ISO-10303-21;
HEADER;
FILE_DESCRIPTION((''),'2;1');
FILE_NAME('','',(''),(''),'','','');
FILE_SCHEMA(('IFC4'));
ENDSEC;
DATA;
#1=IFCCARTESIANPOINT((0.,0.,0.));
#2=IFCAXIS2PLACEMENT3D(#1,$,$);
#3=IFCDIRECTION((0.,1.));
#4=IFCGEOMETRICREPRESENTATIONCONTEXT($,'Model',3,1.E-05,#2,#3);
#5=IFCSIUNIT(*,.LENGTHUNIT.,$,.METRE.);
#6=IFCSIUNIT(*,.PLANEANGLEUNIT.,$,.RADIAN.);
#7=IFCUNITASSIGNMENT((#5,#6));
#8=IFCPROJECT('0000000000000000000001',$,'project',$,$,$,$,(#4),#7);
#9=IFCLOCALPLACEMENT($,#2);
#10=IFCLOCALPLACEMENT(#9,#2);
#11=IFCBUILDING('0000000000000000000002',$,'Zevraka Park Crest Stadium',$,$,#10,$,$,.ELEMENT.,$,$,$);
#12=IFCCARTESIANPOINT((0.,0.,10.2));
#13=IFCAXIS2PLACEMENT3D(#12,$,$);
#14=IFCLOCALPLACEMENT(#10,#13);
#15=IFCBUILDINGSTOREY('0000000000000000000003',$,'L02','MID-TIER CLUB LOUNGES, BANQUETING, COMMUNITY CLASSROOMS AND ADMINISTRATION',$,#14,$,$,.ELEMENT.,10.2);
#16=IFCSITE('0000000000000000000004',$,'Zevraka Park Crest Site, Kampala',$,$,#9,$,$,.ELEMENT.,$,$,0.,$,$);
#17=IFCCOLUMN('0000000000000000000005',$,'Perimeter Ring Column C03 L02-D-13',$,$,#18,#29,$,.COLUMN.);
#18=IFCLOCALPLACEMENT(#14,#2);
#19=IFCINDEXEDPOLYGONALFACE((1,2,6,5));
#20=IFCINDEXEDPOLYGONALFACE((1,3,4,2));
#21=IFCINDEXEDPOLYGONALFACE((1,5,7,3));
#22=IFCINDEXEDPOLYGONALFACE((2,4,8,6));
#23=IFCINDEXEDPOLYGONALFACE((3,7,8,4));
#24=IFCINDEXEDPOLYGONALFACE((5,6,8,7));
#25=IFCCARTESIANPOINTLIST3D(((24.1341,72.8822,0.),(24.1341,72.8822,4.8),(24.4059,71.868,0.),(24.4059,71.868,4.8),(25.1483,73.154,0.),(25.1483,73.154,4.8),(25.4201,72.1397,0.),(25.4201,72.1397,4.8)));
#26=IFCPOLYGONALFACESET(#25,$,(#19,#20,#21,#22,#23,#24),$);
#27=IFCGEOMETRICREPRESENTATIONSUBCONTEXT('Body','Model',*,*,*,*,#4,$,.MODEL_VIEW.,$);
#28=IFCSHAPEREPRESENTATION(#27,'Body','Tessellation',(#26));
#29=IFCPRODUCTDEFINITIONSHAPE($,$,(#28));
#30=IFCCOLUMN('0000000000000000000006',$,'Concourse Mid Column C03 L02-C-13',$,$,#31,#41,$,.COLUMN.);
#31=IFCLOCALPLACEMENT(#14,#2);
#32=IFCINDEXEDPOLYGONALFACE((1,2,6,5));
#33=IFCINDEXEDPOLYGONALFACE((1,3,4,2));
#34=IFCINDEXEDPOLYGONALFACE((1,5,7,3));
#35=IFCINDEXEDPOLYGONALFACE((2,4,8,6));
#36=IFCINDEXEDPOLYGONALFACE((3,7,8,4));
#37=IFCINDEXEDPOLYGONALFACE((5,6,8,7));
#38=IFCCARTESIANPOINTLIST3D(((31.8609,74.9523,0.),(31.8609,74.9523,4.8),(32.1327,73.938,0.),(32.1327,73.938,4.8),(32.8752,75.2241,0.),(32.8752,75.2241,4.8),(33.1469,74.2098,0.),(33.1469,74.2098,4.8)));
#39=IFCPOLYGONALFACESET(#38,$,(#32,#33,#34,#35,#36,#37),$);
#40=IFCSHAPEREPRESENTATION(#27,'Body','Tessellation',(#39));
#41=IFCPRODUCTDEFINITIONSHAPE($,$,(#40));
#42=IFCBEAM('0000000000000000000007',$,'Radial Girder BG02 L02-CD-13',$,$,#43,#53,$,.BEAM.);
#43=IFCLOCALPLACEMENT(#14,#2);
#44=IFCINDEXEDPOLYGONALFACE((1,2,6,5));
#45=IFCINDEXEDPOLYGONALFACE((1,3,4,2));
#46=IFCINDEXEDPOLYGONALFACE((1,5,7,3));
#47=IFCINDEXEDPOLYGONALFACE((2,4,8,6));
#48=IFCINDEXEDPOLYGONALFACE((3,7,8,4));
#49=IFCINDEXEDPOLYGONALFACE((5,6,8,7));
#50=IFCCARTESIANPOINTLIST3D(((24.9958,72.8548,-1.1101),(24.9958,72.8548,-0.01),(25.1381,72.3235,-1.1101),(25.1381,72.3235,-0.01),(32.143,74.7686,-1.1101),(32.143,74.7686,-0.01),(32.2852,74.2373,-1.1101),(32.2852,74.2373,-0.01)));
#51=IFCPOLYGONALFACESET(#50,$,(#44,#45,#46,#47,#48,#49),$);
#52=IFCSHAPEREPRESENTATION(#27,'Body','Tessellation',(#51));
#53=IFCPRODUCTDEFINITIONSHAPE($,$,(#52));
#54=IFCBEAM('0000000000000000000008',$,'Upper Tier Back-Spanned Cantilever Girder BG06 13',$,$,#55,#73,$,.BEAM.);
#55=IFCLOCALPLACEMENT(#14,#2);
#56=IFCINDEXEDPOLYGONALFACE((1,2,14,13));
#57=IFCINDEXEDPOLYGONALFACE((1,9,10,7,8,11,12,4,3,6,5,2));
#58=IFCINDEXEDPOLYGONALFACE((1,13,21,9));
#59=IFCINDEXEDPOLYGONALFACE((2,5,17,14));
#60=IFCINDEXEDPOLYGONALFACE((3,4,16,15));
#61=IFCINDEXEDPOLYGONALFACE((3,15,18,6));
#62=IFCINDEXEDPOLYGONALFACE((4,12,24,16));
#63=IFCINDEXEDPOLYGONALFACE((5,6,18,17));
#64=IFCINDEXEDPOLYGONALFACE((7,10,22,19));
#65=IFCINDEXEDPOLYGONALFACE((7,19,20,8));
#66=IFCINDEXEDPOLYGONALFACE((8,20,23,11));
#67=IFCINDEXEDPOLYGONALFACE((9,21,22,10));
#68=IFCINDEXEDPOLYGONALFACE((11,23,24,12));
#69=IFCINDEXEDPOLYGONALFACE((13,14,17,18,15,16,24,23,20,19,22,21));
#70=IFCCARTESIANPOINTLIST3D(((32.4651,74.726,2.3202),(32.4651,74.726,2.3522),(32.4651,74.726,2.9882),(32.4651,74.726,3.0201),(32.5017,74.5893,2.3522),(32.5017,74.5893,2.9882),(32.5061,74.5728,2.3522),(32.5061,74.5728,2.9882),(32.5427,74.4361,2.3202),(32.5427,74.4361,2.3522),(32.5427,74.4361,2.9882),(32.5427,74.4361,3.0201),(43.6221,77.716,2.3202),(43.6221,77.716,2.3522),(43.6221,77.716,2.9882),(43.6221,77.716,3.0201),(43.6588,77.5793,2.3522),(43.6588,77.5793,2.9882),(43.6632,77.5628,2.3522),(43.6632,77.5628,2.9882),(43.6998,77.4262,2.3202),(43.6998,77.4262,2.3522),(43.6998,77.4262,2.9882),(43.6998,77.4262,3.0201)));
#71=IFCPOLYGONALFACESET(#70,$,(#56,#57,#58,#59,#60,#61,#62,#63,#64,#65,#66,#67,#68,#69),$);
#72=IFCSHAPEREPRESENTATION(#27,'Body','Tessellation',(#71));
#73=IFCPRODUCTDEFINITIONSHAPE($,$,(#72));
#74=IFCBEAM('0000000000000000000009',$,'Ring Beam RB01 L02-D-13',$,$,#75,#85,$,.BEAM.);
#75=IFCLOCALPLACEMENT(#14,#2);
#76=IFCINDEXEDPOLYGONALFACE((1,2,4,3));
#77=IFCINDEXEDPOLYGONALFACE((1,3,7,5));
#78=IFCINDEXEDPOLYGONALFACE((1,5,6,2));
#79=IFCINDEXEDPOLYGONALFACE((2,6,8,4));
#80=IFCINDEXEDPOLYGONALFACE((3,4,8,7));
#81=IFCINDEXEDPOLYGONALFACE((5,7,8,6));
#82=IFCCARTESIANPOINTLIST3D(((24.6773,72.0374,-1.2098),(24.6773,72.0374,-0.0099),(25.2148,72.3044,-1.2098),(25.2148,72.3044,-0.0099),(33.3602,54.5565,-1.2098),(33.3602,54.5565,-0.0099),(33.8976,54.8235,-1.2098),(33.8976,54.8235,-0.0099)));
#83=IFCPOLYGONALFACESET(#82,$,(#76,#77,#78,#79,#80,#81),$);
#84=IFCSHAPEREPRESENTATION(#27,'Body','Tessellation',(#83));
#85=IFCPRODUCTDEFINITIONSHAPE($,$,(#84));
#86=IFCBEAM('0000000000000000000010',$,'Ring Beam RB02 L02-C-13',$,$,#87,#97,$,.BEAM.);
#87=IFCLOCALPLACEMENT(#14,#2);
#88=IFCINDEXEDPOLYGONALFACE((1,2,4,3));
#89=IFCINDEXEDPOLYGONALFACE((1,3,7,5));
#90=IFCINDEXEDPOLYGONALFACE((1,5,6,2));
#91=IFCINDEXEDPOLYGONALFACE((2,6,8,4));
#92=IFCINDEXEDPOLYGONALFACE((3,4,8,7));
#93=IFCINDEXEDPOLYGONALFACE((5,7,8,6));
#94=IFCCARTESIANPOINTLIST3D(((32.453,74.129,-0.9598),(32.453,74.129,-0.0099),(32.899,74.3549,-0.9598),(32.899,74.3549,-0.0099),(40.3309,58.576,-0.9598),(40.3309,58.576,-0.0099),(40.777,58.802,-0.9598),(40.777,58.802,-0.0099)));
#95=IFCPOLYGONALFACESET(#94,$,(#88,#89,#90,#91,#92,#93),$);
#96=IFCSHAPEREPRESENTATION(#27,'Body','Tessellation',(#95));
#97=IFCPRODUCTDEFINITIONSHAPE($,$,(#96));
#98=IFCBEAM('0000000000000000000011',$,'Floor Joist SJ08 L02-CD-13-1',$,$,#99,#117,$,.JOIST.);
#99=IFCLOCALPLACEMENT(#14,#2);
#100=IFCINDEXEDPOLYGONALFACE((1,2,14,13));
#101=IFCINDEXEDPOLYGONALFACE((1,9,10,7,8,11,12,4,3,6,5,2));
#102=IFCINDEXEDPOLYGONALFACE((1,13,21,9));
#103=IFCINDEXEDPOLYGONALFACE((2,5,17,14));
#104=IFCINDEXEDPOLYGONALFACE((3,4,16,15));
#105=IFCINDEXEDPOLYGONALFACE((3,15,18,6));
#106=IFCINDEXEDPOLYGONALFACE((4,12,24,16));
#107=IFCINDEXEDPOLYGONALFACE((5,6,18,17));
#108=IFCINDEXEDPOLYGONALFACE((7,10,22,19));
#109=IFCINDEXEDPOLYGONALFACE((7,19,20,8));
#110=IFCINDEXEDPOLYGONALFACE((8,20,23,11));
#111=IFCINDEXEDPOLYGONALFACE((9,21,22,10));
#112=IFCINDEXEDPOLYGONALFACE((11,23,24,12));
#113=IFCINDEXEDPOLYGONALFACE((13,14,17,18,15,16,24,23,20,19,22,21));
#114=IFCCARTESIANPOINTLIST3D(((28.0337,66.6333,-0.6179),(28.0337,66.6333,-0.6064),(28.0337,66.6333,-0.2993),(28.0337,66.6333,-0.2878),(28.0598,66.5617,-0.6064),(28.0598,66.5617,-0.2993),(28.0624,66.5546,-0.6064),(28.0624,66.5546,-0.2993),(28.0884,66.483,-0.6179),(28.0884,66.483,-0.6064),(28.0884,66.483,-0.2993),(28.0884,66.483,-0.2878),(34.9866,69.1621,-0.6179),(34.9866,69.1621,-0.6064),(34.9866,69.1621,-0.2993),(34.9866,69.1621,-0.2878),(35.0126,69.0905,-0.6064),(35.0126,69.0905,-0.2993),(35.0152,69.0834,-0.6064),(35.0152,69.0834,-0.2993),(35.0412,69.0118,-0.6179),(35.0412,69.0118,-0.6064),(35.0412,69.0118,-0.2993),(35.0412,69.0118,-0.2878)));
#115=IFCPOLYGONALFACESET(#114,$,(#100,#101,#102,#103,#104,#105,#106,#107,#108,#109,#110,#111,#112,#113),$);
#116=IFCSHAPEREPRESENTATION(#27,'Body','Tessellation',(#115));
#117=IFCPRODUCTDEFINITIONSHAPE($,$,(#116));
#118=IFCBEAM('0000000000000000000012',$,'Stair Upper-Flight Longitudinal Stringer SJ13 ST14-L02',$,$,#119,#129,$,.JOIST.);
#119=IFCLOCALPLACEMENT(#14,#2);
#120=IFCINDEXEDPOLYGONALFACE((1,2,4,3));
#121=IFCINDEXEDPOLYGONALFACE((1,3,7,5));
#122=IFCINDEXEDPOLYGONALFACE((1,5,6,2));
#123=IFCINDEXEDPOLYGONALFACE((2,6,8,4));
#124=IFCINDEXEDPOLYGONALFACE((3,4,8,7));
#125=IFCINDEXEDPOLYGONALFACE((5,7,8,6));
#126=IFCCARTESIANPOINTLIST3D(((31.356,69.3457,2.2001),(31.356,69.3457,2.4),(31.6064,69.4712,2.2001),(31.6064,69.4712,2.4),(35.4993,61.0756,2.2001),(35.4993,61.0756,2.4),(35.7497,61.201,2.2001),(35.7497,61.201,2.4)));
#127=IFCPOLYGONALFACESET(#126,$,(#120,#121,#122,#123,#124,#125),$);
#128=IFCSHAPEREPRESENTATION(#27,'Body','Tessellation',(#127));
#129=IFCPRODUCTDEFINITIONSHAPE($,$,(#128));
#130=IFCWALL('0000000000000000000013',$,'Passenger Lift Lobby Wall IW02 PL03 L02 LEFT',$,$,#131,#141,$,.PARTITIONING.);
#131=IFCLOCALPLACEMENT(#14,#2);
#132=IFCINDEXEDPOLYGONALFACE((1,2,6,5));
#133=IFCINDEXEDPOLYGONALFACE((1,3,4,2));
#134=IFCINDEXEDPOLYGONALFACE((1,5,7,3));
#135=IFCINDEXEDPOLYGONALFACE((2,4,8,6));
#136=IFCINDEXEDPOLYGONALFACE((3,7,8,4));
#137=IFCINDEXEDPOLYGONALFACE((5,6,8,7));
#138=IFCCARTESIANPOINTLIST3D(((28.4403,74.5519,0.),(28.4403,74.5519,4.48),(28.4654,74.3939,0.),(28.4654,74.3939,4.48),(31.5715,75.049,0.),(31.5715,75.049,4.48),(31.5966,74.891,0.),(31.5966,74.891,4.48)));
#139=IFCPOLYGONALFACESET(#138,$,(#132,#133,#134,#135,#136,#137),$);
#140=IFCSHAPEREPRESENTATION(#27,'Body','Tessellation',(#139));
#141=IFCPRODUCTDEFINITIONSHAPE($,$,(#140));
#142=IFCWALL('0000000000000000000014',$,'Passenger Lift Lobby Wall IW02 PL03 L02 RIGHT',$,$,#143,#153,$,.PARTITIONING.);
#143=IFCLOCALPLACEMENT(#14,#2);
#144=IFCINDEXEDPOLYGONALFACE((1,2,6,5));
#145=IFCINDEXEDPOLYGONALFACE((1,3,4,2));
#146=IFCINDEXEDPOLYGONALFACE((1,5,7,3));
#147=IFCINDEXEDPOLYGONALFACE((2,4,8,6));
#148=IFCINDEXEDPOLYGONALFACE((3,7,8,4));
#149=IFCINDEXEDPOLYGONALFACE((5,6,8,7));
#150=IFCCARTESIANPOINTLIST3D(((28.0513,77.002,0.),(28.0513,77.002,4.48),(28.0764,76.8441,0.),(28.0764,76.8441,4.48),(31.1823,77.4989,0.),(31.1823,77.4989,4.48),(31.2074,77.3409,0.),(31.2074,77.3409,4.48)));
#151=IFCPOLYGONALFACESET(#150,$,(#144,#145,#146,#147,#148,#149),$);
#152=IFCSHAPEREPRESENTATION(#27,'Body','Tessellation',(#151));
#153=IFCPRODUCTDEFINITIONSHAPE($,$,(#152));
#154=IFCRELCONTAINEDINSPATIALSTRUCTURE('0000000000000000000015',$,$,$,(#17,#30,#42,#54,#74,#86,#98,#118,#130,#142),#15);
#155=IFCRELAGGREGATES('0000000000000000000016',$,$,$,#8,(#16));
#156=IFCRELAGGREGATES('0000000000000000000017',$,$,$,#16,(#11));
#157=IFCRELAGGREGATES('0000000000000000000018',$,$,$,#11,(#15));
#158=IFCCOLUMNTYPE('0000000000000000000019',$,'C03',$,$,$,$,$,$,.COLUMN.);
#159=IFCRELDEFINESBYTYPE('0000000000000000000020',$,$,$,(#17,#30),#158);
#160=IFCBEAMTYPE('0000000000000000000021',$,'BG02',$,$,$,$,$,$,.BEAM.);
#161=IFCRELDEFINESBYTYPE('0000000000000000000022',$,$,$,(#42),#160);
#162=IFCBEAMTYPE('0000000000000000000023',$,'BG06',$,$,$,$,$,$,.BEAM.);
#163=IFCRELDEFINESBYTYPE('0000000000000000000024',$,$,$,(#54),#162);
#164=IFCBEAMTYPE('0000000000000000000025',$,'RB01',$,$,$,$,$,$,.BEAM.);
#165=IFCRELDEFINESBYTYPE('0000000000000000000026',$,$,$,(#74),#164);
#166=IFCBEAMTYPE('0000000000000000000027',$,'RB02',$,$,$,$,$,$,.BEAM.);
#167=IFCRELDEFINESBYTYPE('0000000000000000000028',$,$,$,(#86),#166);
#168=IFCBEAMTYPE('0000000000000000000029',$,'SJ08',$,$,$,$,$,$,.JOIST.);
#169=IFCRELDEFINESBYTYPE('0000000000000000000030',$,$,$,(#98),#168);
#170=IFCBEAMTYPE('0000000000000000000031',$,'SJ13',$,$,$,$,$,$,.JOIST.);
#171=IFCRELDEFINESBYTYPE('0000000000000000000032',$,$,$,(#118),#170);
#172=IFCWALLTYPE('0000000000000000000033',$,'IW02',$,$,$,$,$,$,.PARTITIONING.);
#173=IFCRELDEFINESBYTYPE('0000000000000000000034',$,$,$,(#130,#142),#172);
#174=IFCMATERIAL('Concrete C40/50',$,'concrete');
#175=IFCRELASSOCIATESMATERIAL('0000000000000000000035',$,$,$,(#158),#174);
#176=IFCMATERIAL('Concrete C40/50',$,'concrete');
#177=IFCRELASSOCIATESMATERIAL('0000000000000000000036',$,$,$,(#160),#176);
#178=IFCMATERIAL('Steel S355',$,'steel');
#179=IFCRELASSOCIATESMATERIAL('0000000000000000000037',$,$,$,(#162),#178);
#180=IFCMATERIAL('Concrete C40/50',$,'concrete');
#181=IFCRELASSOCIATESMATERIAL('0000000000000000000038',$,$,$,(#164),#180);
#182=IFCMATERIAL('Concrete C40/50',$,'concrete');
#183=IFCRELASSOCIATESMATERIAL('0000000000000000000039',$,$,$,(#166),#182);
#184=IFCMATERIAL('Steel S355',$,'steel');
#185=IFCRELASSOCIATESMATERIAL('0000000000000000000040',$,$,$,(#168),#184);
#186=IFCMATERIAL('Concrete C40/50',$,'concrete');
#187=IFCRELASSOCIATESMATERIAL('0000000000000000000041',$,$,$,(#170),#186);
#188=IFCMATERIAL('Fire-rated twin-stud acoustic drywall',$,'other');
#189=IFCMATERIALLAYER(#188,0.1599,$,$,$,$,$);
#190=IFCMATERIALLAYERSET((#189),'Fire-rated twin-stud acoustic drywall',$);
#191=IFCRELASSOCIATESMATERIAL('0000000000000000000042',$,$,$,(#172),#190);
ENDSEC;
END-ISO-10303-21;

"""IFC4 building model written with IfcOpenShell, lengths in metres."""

from ifc_helpers import new_model, si_unit, direction, frame, frame_2d, origin, origin_2d, place, context, subcontext, project, spatial, rectangle, i_section, extrude, material, layer, layer_set, material_profile, profile_set, type_object, element, save


model = new_model("IFC4")

# Units and contexts
model_context = context("Model", 3, precision=1e-05, world=origin(), true_north=direction((0.0, 1.0)))
body_context = subcontext(model_context, "Body", "Model", "MODEL_VIEW")
ifc_project = project(units=[si_unit("LENGTHUNIT", "METRE"), si_unit("PLANEANGLEUNIT", "RADIAN")], contexts=[model_context])

# Site, building, storey
site_placement = place(None, origin())
site = spatial("IfcSite", under=ifc_project, at=site_placement, Name="Zevraka Park Crest Site, Kampala", CompositionType="ELEMENT", RefElevation=0.0)
building_placement = place(site_placement, origin())
building = spatial("IfcBuilding", under=site, at=building_placement, Name="Zevraka Park Crest Stadium", CompositionType="ELEMENT")
storey_placement = place(building_placement, frame((0.0, 0.0, 10.2)))
storey = spatial("IfcBuildingStorey", under=building, at=storey_placement, Name="L02", Description="MID-TIER CLUB LOUNGES, BANQUETING, COMMUNITY CLASSROOMS AND ADMINISTRATION", CompositionType="ELEMENT", Elevation=10.2)

# Columns
ifc_material_1 = material(Name="Concrete C40/50", Category="concrete")
ifc_material_profile_1 = material_profile(ifc_material_1, rectangle(XDim=1.05, YDim=1.05, at=origin_2d()), Name="RC 1050x1050")
ifc_profile_set_1 = profile_set([ifc_material_profile_1], Name="Concrete C40/50")
column_type = type_object("IfcColumnType", Name="C03", PredefinedType="COLUMN", material=ifc_profile_set_1)
for number, where, z_axis, x_axis, name in (
    (1, (24.7771, 72.511, 0.0), (0.0, 0.0, 1.0), (0.965926, 0.258819, 0.0), "Perimeter Ring Column C03 L02-D-13"),
    (2, (32.5039, 74.5811, 0.0), (0.0, 0.0, 1.0), (0.965926, 0.258819, 0.0), "Concourse Mid Column C03 L02-C-13"),
):
    element("IfcColumn", number, at=place(storey_placement, frame(where, z_axis=z_axis, x_axis=x_axis)), inside=storey, type_object=column_type, Name=name, PredefinedType="COLUMN", context=body_context, shape_type="SweptSolid", body=[
        extrude(rectangle(XDim=1.05, YDim=1.05, at=origin_2d()), origin(), (0.0, 0.0, 1.0), 4.8),
    ])

# Beams
ifc_material_2 = material(Name="Concrete C40/50", Category="concrete")
ifc_material_profile_2 = material_profile(ifc_material_2, rectangle(XDim=0.55, YDim=1.1001, at=origin_2d()), Name="RC 1100x550")
ifc_profile_set_2 = profile_set([ifc_material_profile_2], Name="Concrete C40/50")
beam_type_1 = type_object("IfcBeamType", Name="BG02", PredefinedType="BEAM", material=ifc_profile_set_2)
beam_1_placement = place(storey_placement, frame((32.2141, 74.5029, -0.5601), z_axis=(-0.965969, -0.258659, 0.0), x_axis=(0.258659, -0.965969, 0.0)))
element("IfcBeam", 3, at=beam_1_placement, inside=storey, type_object=beam_type_1, Name="Radial Girder BG02 L02-CD-13", PredefinedType="BEAM", context=body_context, shape_type="SweptSolid", body=[
    extrude(rectangle(XDim=0.55, YDim=1.1001, at=origin_2d()), origin(), (0.0, 0.0, 1.0), 7.3989),
])
ifc_material_3 = material(Name="Steel S355", Category="steel")
ifc_material_profile_3 = material_profile(ifc_material_3, i_section(OverallWidth=0.3, OverallDepth=0.7, WebThickness=0.0171, FlangeThickness=0.032, at=origin_2d()), Name="HEB 700")
ifc_profile_set_3 = profile_set([ifc_material_profile_3], Name="Steel S355")
beam_type_2 = type_object("IfcBeamType", Name="BG06", PredefinedType="BEAM", material=ifc_profile_set_3)
beam_2_placement = place(storey_placement, frame((32.5039, 74.5811, 2.6702), z_axis=(0.965915, 0.258858, 0.0), x_axis=(-0.258858, 0.965915, 0.0)))
element("IfcBeam", 4, at=beam_2_placement, inside=storey, type_object=beam_type_2, Name="Upper Tier Back-Spanned Cantilever Girder BG06 13", PredefinedType="BEAM", context=body_context, shape_type="SweptSolid", body=[
    extrude(i_section(OverallWidth=0.3, OverallDepth=0.7, WebThickness=0.0171, FlangeThickness=0.032, at=origin_2d()), origin(), (0.0, 0.0, 1.0), 11.5508),
])
ifc_material_4 = material(Name="Concrete C40/50", Category="concrete")
ifc_material_profile_4 = material_profile(ifc_material_4, rectangle(XDim=0.6001, YDim=1.2, at=origin_2d()), Name="RC 1200x600")
ifc_profile_set_4 = profile_set([ifc_material_profile_4], Name="Concrete C40/50")
beam_type_3 = type_object("IfcBeamType", Name="RB01", PredefinedType="BEAM", material=ifc_profile_set_4)
beam_3_placement = place(storey_placement, frame((24.946, 72.1709, -0.6099), z_axis=(0.444851, -0.895605, 0.0), x_axis=(0.895605, 0.444851, 0.0)))
element("IfcBeam", 5, at=beam_3_placement, inside=storey, type_object=beam_type_3, Name="Ring Beam RB01 L02-D-13", PredefinedType="BEAM", context=body_context, shape_type="SweptSolid", body=[
    extrude(rectangle(XDim=0.6001, YDim=1.2, at=origin_2d()), origin(), (0.0, 0.0, 1.0), 19.5186),
])
ifc_material_5 = material(Name="Concrete C40/50", Category="concrete")
ifc_material_profile_5 = material_profile(ifc_material_5, rectangle(XDim=0.5, YDim=0.95, at=origin_2d()), Name="RC 950x500")
ifc_profile_set_5 = profile_set([ifc_material_profile_5], Name="Concrete C40/50")
beam_type_4 = type_object("IfcBeamType", Name="RB02", PredefinedType="BEAM", material=ifc_profile_set_5)
beam_4_placement = place(storey_placement, frame((32.676, 74.2419, -0.4849), z_axis=(0.451862, -0.892088, 0.0), x_axis=(0.892088, 0.451862, 0.0)))
element("IfcBeam", 6, at=beam_4_placement, inside=storey, type_object=beam_type_4, Name="Ring Beam RB02 L02-C-13", PredefinedType="BEAM", context=body_context, shape_type="SweptSolid", body=[
    extrude(rectangle(XDim=0.5, YDim=0.95, at=origin_2d()), origin(), (0.0, 0.0, 1.0), 17.4343),
])
ifc_material_6 = material(Name="Steel S355", Category="steel")
ifc_material_profile_6 = material_profile(ifc_material_6, i_section(OverallWidth=0.1599, OverallDepth=0.3301, WebThickness=0.0076, FlangeThickness=0.0115, at=origin_2d()), Name="IPE 330")
ifc_profile_set_6 = profile_set([ifc_material_profile_6], Name="Steel S355")
beam_type_5 = type_object("IfcBeamType", Name="SJ08", PredefinedType="JOIST", material=ifc_profile_set_6)
beam_5_placement = place(storey_placement, frame((35.0139, 69.0869, -0.4529), z_axis=(-0.939772, -0.341801, 0.0), x_axis=(0.341801, -0.939772, 0.0)))
element("IfcBeam", 7, at=beam_5_placement, inside=storey, type_object=beam_type_5, Name="Floor Joist SJ08 L02-CD-13-1", PredefinedType="JOIST", context=body_context, shape_type="SweptSolid", body=[
    extrude(i_section(OverallWidth=0.1599, OverallDepth=0.3301, WebThickness=0.0076, FlangeThickness=0.0115, at=origin_2d()), origin(), (0.0, 0.0, 1.0), 7.3984),
])
ifc_material_7 = material(Name="Concrete C40/50", Category="concrete")
ifc_material_profile_7 = material_profile(ifc_material_7, rectangle(XDim=0.28, YDim=0.2, at=origin_2d()), Name="RC 200x280")
ifc_profile_set_7 = profile_set([ifc_material_profile_7], Name="Concrete C40/50")
beam_type_6 = type_object("IfcBeamType", Name="SJ13", PredefinedType="JOIST", material=ifc_profile_set_7)
beam_6_placement = place(storey_placement, frame((31.4812, 69.4084, 2.3), z_axis=(0.447921, -0.894073, 0.0), x_axis=(0.894073, 0.447921, 0.0)))
element("IfcBeam", 8, at=beam_6_placement, inside=storey, type_object=beam_type_6, Name="Stair Upper-Flight Longitudinal Stringer SJ13 ST14-L02", PredefinedType="JOIST", context=body_context, shape_type="SweptSolid", body=[
    extrude(rectangle(XDim=0.28, YDim=0.2, at=origin_2d()), origin(), (0.0, 0.0, 1.0), 9.25),
])

# Walls
ifc_material_8 = material(Name="Fire-rated twin-stud acoustic drywall", Category="other")
ifc_layer_1 = layer(ifc_material_8, 0.1599)
ifc_layer_set_1 = layer_set([ifc_layer_1], Name="Fire-rated twin-stud acoustic drywall")
wall_type_1 = type_object("IfcWallType", Name="IW02", PredefinedType="PARTITIONING", material=ifc_layer_set_1)
wall_1_placement = place(storey_placement, frame((28.4529, 74.4729, 0.0), z_axis=(0.0, 0.0, 1.0), x_axis=(0.987632, 0.156789, 0.0)))
element("IfcWall", 9, at=wall_1_placement, inside=storey, type_object=wall_type_1, Name="Passenger Lift Lobby Wall IW02 PL03 L02 LEFT", PredefinedType="PARTITIONING", context=body_context, shape_type="SweptSolid", body=[
    extrude(rectangle(XDim=3.1704, YDim=0.1599, at=frame_2d((1.5852, 0.0))), origin(), (0.0, 0.0, 1.0), 4.48),
])
wall_2_placement = place(storey_placement, frame((28.064, 76.9231, 0.0), z_axis=(0.0, 0.0, 1.0), x_axis=(0.987644, 0.156714, 0.0)))
element("IfcWall", 10, at=wall_2_placement, inside=storey, type_object=wall_type_1, Name="Passenger Lift Lobby Wall IW02 PL03 L02 RIGHT", PredefinedType="PARTITIONING", context=body_context, shape_type="SweptSolid", body=[
    extrude(rectangle(XDim=3.1702, YDim=0.1599, at=frame_2d((1.585, 0.0))), origin(), (0.0, 0.0, 1.0), 4.48),
])

save(model, "model.ifc")
